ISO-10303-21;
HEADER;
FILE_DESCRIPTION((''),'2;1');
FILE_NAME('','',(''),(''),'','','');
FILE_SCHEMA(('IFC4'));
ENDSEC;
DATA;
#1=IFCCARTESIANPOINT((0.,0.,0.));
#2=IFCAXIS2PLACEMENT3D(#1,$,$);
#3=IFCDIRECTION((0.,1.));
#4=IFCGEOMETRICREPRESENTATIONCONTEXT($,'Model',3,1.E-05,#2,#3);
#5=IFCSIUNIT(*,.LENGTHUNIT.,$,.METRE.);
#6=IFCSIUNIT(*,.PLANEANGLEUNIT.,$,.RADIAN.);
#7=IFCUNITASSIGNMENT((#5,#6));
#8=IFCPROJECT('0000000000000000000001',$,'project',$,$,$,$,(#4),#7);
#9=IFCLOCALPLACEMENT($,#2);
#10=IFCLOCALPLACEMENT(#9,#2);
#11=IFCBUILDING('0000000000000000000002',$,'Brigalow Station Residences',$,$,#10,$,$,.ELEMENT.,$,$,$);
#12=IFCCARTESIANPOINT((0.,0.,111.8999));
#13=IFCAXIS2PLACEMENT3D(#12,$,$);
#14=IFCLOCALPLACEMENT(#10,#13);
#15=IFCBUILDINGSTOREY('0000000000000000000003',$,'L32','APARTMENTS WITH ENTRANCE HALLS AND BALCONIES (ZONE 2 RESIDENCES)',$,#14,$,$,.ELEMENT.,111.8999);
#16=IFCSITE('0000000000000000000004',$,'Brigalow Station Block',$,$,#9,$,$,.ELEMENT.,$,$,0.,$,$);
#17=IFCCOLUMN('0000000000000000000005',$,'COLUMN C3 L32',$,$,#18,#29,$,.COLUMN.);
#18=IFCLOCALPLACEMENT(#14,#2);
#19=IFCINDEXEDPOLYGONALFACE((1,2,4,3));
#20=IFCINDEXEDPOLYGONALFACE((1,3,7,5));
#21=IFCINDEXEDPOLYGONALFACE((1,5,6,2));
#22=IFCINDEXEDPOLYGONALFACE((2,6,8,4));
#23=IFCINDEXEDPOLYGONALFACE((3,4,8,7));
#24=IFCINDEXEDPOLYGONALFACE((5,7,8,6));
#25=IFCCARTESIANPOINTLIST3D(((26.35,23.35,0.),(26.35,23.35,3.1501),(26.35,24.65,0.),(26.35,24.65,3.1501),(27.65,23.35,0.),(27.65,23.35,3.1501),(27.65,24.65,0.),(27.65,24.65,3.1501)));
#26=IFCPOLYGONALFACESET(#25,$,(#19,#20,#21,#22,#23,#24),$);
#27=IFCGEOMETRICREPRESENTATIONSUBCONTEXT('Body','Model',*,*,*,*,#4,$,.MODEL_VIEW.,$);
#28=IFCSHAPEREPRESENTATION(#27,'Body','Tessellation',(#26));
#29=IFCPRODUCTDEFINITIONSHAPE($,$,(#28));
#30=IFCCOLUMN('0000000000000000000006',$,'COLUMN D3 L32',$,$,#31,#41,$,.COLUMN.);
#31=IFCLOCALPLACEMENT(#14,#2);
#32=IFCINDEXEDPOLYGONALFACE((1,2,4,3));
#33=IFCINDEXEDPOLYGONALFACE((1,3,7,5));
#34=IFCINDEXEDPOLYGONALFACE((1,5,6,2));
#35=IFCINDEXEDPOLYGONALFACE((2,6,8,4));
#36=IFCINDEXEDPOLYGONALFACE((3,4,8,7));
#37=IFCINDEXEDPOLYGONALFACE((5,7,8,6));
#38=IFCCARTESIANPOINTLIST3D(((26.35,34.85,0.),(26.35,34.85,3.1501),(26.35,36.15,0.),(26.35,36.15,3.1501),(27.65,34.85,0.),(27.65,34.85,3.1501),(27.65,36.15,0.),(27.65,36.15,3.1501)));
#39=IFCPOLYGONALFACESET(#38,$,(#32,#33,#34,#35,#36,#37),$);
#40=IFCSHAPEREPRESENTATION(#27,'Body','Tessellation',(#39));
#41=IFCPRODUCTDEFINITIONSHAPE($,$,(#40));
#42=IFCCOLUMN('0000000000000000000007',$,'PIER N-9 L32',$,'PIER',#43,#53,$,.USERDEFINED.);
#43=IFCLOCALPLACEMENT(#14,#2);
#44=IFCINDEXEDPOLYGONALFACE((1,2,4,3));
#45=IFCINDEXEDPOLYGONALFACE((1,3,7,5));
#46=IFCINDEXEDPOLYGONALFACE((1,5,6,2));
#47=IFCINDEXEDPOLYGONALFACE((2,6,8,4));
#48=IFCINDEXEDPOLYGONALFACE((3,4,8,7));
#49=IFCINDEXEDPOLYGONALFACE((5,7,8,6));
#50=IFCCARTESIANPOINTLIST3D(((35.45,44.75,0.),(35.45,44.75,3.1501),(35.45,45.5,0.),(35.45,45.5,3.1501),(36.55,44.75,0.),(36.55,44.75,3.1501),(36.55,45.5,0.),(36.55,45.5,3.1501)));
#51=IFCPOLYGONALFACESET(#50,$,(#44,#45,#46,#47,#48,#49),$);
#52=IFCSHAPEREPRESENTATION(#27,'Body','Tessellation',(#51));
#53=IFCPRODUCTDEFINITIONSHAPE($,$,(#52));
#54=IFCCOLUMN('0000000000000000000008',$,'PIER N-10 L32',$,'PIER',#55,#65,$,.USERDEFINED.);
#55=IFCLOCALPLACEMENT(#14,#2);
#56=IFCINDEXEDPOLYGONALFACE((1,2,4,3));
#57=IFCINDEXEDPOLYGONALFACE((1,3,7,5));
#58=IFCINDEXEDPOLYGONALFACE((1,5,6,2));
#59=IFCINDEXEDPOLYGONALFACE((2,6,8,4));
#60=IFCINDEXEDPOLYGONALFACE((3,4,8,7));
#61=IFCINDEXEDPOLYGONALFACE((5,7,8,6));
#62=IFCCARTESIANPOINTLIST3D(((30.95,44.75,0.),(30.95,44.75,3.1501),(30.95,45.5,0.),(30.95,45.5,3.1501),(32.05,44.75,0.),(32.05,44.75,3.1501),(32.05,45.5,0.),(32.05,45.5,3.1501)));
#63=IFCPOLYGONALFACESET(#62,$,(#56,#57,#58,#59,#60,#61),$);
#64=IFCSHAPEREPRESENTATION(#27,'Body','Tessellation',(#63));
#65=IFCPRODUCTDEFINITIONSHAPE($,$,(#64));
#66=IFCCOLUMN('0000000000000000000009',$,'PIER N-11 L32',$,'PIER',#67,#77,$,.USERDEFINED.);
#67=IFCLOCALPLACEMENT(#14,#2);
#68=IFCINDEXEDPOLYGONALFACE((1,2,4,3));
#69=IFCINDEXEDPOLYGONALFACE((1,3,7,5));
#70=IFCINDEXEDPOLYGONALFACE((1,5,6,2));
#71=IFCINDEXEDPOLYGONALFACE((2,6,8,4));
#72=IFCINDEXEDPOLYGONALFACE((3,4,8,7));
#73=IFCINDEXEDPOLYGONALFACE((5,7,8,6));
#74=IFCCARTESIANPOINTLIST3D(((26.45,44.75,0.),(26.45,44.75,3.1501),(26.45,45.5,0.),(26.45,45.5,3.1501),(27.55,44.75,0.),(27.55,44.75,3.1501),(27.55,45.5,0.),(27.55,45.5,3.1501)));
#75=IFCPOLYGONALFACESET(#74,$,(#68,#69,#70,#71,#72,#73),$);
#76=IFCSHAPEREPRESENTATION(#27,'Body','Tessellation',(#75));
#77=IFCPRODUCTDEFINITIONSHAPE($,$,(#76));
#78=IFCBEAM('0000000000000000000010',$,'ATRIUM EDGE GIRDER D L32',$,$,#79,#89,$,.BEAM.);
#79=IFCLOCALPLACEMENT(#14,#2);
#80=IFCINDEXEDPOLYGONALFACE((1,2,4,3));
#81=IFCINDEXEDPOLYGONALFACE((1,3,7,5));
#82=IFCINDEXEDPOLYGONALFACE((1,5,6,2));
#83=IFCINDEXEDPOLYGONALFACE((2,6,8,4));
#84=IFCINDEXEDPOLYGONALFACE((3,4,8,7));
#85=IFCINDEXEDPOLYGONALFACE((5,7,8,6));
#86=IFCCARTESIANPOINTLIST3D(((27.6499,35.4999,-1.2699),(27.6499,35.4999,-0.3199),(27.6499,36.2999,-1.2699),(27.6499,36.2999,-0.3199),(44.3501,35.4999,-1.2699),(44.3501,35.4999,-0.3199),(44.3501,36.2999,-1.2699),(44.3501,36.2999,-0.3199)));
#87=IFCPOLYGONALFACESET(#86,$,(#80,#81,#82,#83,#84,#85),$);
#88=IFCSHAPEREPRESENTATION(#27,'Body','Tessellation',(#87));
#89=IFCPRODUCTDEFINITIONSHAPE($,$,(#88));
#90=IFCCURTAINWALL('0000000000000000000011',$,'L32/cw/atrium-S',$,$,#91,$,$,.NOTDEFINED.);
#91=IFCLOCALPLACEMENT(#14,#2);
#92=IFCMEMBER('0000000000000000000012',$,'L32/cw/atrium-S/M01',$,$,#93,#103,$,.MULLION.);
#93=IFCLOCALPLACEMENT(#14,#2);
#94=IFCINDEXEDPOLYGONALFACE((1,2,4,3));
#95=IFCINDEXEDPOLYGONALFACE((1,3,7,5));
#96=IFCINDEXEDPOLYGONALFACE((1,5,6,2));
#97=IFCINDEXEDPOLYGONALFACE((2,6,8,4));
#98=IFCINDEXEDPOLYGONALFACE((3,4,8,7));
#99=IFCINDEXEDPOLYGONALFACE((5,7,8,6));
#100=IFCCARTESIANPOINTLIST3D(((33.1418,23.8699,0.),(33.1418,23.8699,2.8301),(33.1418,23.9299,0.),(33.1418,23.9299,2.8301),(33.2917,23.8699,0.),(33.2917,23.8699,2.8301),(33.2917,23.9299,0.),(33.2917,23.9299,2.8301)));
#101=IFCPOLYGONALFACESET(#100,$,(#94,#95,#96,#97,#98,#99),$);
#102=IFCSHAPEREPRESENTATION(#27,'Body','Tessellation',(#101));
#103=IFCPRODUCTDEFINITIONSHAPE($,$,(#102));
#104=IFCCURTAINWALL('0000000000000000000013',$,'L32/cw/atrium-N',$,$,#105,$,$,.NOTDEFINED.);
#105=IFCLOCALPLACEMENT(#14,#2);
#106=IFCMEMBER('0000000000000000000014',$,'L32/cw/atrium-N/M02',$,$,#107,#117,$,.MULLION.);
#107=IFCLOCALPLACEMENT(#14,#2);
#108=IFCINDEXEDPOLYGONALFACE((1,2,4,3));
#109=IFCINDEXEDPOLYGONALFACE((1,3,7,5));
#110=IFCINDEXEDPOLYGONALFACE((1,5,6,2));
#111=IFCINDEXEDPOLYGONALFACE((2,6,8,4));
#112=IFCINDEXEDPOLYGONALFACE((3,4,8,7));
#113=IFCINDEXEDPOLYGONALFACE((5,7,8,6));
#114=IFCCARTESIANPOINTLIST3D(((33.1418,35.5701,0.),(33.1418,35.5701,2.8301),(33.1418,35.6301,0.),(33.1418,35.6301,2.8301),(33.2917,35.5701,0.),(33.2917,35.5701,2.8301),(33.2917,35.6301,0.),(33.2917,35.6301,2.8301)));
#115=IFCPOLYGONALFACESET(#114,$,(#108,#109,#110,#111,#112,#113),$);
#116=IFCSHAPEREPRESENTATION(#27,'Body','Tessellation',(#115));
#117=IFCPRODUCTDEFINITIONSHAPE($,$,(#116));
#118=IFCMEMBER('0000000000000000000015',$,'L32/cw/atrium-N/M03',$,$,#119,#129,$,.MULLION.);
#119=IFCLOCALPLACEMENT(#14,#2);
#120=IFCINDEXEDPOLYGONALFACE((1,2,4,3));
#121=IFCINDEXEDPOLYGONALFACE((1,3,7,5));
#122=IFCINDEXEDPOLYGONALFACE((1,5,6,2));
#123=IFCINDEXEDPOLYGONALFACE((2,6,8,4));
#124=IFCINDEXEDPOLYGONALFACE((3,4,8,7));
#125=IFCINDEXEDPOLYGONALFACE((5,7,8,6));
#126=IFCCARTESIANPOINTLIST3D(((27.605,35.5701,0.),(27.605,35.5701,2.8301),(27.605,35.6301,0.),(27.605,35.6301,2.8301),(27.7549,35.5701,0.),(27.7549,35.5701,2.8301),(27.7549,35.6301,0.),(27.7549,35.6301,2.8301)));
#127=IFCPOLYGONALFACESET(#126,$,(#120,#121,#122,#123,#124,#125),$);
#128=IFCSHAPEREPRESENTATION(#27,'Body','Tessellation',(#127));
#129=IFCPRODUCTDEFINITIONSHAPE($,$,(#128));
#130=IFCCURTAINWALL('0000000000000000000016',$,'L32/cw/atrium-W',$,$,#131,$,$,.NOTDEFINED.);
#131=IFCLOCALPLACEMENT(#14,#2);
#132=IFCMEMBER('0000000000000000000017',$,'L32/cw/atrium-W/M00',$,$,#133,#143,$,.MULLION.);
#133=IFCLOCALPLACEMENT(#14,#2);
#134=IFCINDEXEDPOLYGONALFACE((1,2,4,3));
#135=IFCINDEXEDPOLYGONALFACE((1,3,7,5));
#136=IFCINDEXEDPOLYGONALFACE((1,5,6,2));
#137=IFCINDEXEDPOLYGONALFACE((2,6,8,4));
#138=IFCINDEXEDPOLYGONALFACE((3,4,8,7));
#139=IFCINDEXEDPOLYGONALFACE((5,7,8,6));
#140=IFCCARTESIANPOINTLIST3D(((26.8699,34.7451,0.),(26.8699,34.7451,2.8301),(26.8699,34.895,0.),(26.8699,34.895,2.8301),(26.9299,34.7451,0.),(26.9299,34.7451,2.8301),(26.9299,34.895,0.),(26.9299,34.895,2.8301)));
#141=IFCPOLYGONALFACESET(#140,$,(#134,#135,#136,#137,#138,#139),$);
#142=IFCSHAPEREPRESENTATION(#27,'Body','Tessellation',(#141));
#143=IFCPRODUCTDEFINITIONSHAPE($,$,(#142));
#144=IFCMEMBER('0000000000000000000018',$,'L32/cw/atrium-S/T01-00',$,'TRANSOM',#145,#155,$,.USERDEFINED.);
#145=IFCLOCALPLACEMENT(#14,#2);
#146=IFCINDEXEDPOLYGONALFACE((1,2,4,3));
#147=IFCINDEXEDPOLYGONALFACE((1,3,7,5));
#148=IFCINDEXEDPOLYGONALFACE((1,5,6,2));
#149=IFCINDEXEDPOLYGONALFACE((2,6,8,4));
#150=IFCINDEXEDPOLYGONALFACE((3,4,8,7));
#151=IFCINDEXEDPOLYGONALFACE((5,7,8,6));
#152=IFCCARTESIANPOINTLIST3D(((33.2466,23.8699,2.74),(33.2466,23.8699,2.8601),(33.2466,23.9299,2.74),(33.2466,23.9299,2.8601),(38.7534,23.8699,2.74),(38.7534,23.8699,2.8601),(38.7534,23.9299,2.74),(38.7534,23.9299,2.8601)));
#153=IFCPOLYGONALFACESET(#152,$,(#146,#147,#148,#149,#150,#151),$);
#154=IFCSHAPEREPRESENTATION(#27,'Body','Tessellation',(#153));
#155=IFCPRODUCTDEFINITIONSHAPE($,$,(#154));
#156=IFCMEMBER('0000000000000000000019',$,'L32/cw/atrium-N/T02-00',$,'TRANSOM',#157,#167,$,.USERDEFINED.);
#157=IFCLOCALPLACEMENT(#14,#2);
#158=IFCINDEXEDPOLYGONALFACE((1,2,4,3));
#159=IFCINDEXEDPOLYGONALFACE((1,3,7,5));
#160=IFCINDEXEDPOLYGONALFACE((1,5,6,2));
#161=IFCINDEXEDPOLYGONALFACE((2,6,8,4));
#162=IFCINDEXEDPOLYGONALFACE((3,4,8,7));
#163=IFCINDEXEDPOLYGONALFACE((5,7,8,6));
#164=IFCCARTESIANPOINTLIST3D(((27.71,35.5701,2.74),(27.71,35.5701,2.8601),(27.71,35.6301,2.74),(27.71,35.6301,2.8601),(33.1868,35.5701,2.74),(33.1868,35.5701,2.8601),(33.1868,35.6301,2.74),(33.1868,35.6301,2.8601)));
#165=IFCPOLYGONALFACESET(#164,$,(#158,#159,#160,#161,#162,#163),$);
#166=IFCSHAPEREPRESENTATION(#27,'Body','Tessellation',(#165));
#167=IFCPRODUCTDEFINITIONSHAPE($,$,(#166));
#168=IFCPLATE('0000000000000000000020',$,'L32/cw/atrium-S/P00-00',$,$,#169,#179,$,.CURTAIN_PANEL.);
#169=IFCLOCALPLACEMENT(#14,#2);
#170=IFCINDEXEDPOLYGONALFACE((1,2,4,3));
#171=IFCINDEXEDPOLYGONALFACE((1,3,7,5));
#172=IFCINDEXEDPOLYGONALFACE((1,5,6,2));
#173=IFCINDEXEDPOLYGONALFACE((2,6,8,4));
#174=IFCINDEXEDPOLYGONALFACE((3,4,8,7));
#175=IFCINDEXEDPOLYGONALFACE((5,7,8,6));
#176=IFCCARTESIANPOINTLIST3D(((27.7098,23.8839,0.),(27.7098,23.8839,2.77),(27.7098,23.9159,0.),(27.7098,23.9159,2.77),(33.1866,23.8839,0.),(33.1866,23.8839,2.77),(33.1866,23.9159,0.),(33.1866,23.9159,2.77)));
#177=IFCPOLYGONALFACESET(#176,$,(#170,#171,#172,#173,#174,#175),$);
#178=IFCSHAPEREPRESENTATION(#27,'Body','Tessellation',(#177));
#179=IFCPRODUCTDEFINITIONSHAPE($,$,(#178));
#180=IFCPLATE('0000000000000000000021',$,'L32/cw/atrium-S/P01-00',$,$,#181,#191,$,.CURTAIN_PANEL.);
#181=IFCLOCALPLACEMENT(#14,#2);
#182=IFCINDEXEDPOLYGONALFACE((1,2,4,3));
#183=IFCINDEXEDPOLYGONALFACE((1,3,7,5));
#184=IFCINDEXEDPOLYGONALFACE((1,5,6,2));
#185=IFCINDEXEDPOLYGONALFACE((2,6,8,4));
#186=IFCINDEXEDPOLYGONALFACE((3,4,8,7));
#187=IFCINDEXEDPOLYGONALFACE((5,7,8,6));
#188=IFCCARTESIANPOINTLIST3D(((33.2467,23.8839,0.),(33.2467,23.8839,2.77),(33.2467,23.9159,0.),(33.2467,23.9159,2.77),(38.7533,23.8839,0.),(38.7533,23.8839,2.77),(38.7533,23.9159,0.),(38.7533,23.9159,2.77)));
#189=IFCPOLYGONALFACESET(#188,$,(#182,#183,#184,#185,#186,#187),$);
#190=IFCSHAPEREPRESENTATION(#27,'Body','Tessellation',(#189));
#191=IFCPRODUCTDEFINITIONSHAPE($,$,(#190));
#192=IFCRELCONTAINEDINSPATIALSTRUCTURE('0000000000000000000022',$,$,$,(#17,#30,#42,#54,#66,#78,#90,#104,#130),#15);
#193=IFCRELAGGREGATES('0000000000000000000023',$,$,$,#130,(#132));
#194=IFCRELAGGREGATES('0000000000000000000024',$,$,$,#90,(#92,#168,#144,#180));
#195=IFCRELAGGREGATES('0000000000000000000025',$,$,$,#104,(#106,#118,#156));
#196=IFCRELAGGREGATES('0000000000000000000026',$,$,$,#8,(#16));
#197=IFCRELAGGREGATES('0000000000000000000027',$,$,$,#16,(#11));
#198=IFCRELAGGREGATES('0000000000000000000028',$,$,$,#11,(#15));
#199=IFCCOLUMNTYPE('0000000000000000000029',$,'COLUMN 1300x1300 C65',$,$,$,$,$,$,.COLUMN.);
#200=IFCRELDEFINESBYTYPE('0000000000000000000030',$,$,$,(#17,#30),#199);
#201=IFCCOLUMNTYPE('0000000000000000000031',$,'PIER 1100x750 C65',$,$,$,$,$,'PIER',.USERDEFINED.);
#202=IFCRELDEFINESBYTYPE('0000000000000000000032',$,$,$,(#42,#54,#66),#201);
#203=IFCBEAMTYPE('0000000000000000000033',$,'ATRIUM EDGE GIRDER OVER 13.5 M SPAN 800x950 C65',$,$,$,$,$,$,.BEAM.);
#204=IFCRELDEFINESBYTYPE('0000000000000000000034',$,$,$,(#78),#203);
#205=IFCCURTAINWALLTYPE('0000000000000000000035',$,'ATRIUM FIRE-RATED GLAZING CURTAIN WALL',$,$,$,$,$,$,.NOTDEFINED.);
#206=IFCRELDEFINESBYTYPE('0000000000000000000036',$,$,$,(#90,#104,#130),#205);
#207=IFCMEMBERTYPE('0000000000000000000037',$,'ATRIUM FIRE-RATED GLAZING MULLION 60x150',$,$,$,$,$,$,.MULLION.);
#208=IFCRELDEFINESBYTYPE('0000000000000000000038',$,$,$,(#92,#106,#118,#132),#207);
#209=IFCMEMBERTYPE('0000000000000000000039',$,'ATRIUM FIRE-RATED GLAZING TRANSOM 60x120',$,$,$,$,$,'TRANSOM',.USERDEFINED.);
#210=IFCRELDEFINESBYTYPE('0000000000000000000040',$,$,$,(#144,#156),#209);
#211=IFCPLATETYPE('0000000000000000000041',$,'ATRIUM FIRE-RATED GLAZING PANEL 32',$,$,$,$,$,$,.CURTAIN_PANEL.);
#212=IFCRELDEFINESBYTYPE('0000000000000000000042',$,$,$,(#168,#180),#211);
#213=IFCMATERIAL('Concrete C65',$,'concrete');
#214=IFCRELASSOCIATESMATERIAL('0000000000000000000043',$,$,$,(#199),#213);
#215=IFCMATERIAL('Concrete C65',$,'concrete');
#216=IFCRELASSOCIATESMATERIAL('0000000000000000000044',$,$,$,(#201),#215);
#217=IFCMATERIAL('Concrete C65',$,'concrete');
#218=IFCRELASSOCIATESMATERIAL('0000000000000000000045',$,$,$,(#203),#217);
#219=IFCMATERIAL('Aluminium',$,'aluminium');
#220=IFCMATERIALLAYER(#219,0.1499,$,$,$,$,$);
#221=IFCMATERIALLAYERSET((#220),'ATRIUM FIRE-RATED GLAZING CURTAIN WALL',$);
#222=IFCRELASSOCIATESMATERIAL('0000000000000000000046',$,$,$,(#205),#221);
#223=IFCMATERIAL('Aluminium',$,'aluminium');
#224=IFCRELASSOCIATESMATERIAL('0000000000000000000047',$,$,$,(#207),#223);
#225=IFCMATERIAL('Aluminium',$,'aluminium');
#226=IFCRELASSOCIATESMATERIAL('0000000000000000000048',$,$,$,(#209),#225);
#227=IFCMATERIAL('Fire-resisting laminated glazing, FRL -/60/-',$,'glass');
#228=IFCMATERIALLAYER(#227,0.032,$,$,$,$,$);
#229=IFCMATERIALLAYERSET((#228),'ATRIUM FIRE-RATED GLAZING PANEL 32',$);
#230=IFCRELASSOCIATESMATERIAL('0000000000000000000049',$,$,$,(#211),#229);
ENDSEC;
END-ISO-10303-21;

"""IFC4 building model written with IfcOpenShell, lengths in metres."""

from ifc_helpers import new_model, si_unit, direction, frame, origin, origin_2d, place, context, subcontext, project, spatial, rectangle, extrude, material, layer, layer_set, material_profile, profile_set, type_object, element, aggregate, save


model = new_model("IFC4")

# Units and contexts
model_context = context("Model", 3, precision=1e-05, world=origin(), true_north=direction((0.0, 1.0)))
body_context = subcontext(model_context, "Body", "Model", "MODEL_VIEW")
ifc_project = project(units=[si_unit("LENGTHUNIT", "METRE"), si_unit("PLANEANGLEUNIT", "RADIAN")], contexts=[model_context])

# Site, building, storey
site_placement = place(None, origin())
site = spatial("IfcSite", under=ifc_project, at=site_placement, Name="Brigalow Station Block", CompositionType="ELEMENT", RefElevation=0.0)
building_placement = place(site_placement, origin())
building = spatial("IfcBuilding", under=site, at=building_placement, Name="Brigalow Station Residences", CompositionType="ELEMENT")
storey_placement = place(building_placement, frame((0.0, 0.0, 111.8999)))
storey = spatial("IfcBuildingStorey", under=building, at=storey_placement, Name="L32", Description="APARTMENTS WITH ENTRANCE HALLS AND BALCONIES (ZONE 2 RESIDENCES)", CompositionType="ELEMENT", Elevation=111.8999)

# Columns
ifc_material_1 = material(Name="Concrete C65", Category="concrete")
ifc_material_profile_1 = material_profile(ifc_material_1, rectangle(XDim=1.3, YDim=1.3, at=origin_2d()), Name="RC1300x1300")
ifc_profile_set_1 = profile_set([ifc_material_profile_1], Name="Concrete C65")
column_type_1 = type_object("IfcColumnType", Name="COLUMN 1300x1300 C65", PredefinedType="COLUMN", material=ifc_profile_set_1)
for number, where, z_axis, x_axis, name in (
    (1, (27.0, 24.0, 0.0), (0.0, 0.0, 1.0), (1.0, 0.0, 0.0), "COLUMN C3 L32"),
    (2, (27.0, 35.5, 0.0), (0.0, 0.0, 1.0), (1.0, 0.0, 0.0), "COLUMN D3 L32"),
):
    element("IfcColumn", number, at=place(storey_placement, frame(where, z_axis=z_axis, x_axis=x_axis)), inside=storey, type_object=column_type_1, Name=name, PredefinedType="COLUMN", context=body_context, shape_type="SweptSolid", body=[
        extrude(rectangle(XDim=1.3, YDim=1.3, at=origin_2d()), origin(), (0.0, 0.0, 1.0), 3.1501),
    ])
ifc_material_2 = material(Name="Concrete C65", Category="concrete")
ifc_material_profile_2 = material_profile(ifc_material_2, rectangle(XDim=1.1001, YDim=0.75, at=origin_2d()), Name="RC1100x750")
ifc_profile_set_2 = profile_set([ifc_material_profile_2], Name="Concrete C65")
column_type_2 = type_object("IfcColumnType", Name="PIER 1100x750 C65", ElementType="PIER", PredefinedType="USERDEFINED", material=ifc_profile_set_2)
for number, where, z_axis, x_axis, name in (
    (3, (36.0, 45.125, 0.0), (0.0, 0.0, 1.0), (-1.0, 0.0, 0.0), "PIER N-9 L32"),
    (4, (31.5, 45.125, 0.0), (0.0, 0.0, 1.0), (-1.0, 0.0, 0.0), "PIER N-10 L32"),
    (5, (27.0, 45.125, 0.0), (0.0, 0.0, 1.0), (-1.0, 0.0, 0.0), "PIER N-11 L32"),
):
    element("IfcColumn", number, at=place(storey_placement, frame(where, z_axis=z_axis, x_axis=x_axis)), inside=storey, type_object=column_type_2, Name=name, ObjectType="PIER", PredefinedType="USERDEFINED", context=body_context, shape_type="SweptSolid", body=[
        extrude(rectangle(XDim=1.1001, YDim=0.75, at=origin_2d()), origin(), (0.0, 0.0, 1.0), 3.1501),
    ])

# Beam
ifc_material_3 = material(Name="Concrete C65", Category="concrete")
ifc_material_profile_3 = material_profile(ifc_material_3, rectangle(XDim=0.8, YDim=0.95, at=origin_2d()), Name="RC800x950")
ifc_profile_set_3 = profile_set([ifc_material_profile_3], Name="Concrete C65")
beam_type = type_object("IfcBeamType", Name="ATRIUM EDGE GIRDER OVER 13.5 M SPAN 800x950 C65", PredefinedType="BEAM", material=ifc_profile_set_3)
beam_placement = place(storey_placement, frame((27.6499, 35.8999, -0.7949), z_axis=(1.0, 0.0, 0.0), x_axis=(0.0, 1.0, 0.0)))
element("IfcBeam", 6, at=beam_placement, inside=storey, type_object=beam_type, Name="ATRIUM EDGE GIRDER D L32", PredefinedType="BEAM", context=body_context, shape_type="SweptSolid", body=[
    extrude(rectangle(XDim=0.8, YDim=0.95, at=origin_2d()), origin(), (0.0, 0.0, 1.0), 16.7002),
])

# Curtain wall, member
ifc_material_4 = material(Name="Aluminium", Category="aluminium")
ifc_layer_1 = layer(ifc_material_4, 0.1499)
ifc_layer_set_1 = layer_set([ifc_layer_1], Name="ATRIUM FIRE-RATED GLAZING CURTAIN WALL")
curtain_wall_type = type_object("IfcCurtainWallType", Name="ATRIUM FIRE-RATED GLAZING CURTAIN WALL", PredefinedType="NOTDEFINED", material=ifc_layer_set_1)
curtain_wall_1_placement = place(storey_placement, origin())
curtain_wall_1 = element("IfcCurtainWall", 7, at=curtain_wall_1_placement, inside=storey, type_object=curtain_wall_type, Name="L32/cw/atrium-S", PredefinedType="NOTDEFINED")
ifc_material_5 = material(Name="Aluminium", Category="aluminium")
ifc_material_profile_4 = material_profile(ifc_material_5, rectangle(XDim=0.0601, YDim=0.1499, at=origin_2d()), Name="ATRIUM FIRE-RATED GLAZING MULLION 60x150")
ifc_profile_set_4 = profile_set([ifc_material_profile_4], Name="Aluminium")
member_type_1 = type_object("IfcMemberType", Name="ATRIUM FIRE-RATED GLAZING MULLION 60x150", PredefinedType="MULLION", material=ifc_profile_set_4)
member_1_placement = place(storey_placement, frame((33.2168, 23.8999, 0.0), z_axis=(0.0, 0.0, 1.0), x_axis=(0.0, 1.0, 0.0)))
member_1 = element("IfcMember", 8, at=member_1_placement, type_object=member_type_1, Name="L32/cw/atrium-S/M01", PredefinedType="MULLION", context=body_context, shape_type="SweptSolid", body=[
    extrude(rectangle(XDim=0.0601, YDim=0.1499, at=origin_2d()), origin(), (0.0, 0.0, 1.0), 2.8301),
])

# Curtain wall, members
curtain_wall_2_placement = place(storey_placement, origin())
curtain_wall_2 = element("IfcCurtainWall", 9, at=curtain_wall_2_placement, inside=storey, type_object=curtain_wall_type, Name="L32/cw/atrium-N", PredefinedType="NOTDEFINED")
member_2_placement = place(storey_placement, frame((33.2168, 35.6001, 0.0), z_axis=(0.0, 0.0, 1.0), x_axis=(0.0, -1.0, 0.0)))
member_2 = element("IfcMember", 10, at=member_2_placement, type_object=member_type_1, Name="L32/cw/atrium-N/M02", PredefinedType="MULLION", context=body_context, shape_type="SweptSolid", body=[
    extrude(rectangle(XDim=0.0601, YDim=0.1499, at=origin_2d()), origin(), (0.0, 0.0, 1.0), 2.8301),
])
member_3_placement = place(storey_placement, frame((27.6799, 35.6001, 0.0), z_axis=(0.0, 0.0, 1.0), x_axis=(0.0, -1.0, 0.0)))
member_3 = element("IfcMember", 11, at=member_3_placement, type_object=member_type_1, Name="L32/cw/atrium-N/M03", PredefinedType="MULLION", context=body_context, shape_type="SweptSolid", body=[
    extrude(rectangle(XDim=0.0601, YDim=0.1499, at=origin_2d()), origin(), (0.0, 0.0, 1.0), 2.8301),
])

# Curtain wall, member
curtain_wall_3_placement = place(storey_placement, origin())
curtain_wall_3 = element("IfcCurtainWall", 12, at=curtain_wall_3_placement, inside=storey, type_object=curtain_wall_type, Name="L32/cw/atrium-W", PredefinedType="NOTDEFINED")
member_4_placement = place(storey_placement, frame((26.8999, 34.8201, 0.0), z_axis=(0.0, 0.0, 1.0), x_axis=(1.0, 0.0, 0.0)))
member_4 = element("IfcMember", 13, at=member_4_placement, type_object=member_type_1, Name="L32/cw/atrium-W/M00", PredefinedType="MULLION", context=body_context, shape_type="SweptSolid", body=[
    extrude(rectangle(XDim=0.0601, YDim=0.1499, at=origin_2d()), origin(), (0.0, 0.0, 1.0), 2.8301),
])
aggregate(curtain_wall_3, [member_4])

# Members
ifc_material_6 = material(Name="Aluminium", Category="aluminium")
ifc_material_profile_5 = material_profile(ifc_material_6, rectangle(XDim=0.0601, YDim=0.1201, at=origin_2d()), Name="ATRIUM FIRE-RATED GLAZING TRANSOM 60x120")
ifc_profile_set_5 = profile_set([ifc_material_profile_5], Name="Aluminium")
member_type_2 = type_object("IfcMemberType", Name="ATRIUM FIRE-RATED GLAZING TRANSOM 60x120", ElementType="TRANSOM", PredefinedType="USERDEFINED", material=ifc_profile_set_5)
member_5_placement = place(storey_placement, frame((33.2466, 23.8999, 2.8), z_axis=(1.0, 0.0, 0.0), x_axis=(0.0, 1.0, 0.0)))
member_5 = element("IfcMember", 14, at=member_5_placement, type_object=member_type_2, Name="L32/cw/atrium-S/T01-00", ObjectType="TRANSOM", PredefinedType="USERDEFINED", context=body_context, shape_type="SweptSolid", body=[
    extrude(rectangle(XDim=0.0601, YDim=0.1201, at=origin_2d()), origin(), (0.0, 0.0, 1.0), 5.5068),
])
member_6_placement = place(storey_placement, frame((33.1868, 35.6001, 2.8), z_axis=(-1.0, 0.0, 0.0), x_axis=(0.0, -1.0, 0.0)))
member_6 = element("IfcMember", 15, at=member_6_placement, type_object=member_type_2, Name="L32/cw/atrium-N/T02-00", ObjectType="TRANSOM", PredefinedType="USERDEFINED", context=body_context, shape_type="SweptSolid", body=[
    extrude(rectangle(XDim=0.0601, YDim=0.1201, at=origin_2d()), origin(), (0.0, 0.0, 1.0), 5.4768),
])

# Plates
ifc_material_7 = material(Name="Fire-resisting laminated glazing, FRL -/60/-", Category="glass")
ifc_layer_2 = layer(ifc_material_7, 0.032)
ifc_layer_set_2 = layer_set([ifc_layer_2], Name="ATRIUM FIRE-RATED GLAZING PANEL 32")
plate_type = type_object("IfcPlateType", Name="ATRIUM FIRE-RATED GLAZING PANEL 32", PredefinedType="CURTAIN_PANEL", material=ifc_layer_set_2)
plate_1_placement = place(storey_placement, frame((30.4482, 23.8999, 0.0), z_axis=(0.0, 0.0, 1.0), x_axis=(1.0, 0.0, 0.0)))
plate_1 = element("IfcPlate", 16, at=plate_1_placement, type_object=plate_type, Name="L32/cw/atrium-S/P00-00", PredefinedType="CURTAIN_PANEL", context=body_context, shape_type="SweptSolid", body=[
    extrude(rectangle(XDim=5.4768, YDim=0.032, at=origin_2d()), origin(), (0.0, 0.0, 1.0), 2.77),
])
plate_2_placement = place(storey_placement, frame((36.0, 23.8999, 0.0), z_axis=(0.0, 0.0, 1.0), x_axis=(1.0, 0.0, 0.0)))
plate_2 = element("IfcPlate", 17, at=plate_2_placement, type_object=plate_type, Name="L32/cw/atrium-S/P01-00", PredefinedType="CURTAIN_PANEL", context=body_context, shape_type="SweptSolid", body=[
    extrude(rectangle(XDim=5.5066, YDim=0.032, at=origin_2d()), origin(), (0.0, 0.0, 1.0), 2.77),
])
aggregate(curtain_wall_1, [member_1, plate_1, member_5, plate_2])
aggregate(curtain_wall_2, [member_2, member_3, member_6])

save(model, "model.ifc")
